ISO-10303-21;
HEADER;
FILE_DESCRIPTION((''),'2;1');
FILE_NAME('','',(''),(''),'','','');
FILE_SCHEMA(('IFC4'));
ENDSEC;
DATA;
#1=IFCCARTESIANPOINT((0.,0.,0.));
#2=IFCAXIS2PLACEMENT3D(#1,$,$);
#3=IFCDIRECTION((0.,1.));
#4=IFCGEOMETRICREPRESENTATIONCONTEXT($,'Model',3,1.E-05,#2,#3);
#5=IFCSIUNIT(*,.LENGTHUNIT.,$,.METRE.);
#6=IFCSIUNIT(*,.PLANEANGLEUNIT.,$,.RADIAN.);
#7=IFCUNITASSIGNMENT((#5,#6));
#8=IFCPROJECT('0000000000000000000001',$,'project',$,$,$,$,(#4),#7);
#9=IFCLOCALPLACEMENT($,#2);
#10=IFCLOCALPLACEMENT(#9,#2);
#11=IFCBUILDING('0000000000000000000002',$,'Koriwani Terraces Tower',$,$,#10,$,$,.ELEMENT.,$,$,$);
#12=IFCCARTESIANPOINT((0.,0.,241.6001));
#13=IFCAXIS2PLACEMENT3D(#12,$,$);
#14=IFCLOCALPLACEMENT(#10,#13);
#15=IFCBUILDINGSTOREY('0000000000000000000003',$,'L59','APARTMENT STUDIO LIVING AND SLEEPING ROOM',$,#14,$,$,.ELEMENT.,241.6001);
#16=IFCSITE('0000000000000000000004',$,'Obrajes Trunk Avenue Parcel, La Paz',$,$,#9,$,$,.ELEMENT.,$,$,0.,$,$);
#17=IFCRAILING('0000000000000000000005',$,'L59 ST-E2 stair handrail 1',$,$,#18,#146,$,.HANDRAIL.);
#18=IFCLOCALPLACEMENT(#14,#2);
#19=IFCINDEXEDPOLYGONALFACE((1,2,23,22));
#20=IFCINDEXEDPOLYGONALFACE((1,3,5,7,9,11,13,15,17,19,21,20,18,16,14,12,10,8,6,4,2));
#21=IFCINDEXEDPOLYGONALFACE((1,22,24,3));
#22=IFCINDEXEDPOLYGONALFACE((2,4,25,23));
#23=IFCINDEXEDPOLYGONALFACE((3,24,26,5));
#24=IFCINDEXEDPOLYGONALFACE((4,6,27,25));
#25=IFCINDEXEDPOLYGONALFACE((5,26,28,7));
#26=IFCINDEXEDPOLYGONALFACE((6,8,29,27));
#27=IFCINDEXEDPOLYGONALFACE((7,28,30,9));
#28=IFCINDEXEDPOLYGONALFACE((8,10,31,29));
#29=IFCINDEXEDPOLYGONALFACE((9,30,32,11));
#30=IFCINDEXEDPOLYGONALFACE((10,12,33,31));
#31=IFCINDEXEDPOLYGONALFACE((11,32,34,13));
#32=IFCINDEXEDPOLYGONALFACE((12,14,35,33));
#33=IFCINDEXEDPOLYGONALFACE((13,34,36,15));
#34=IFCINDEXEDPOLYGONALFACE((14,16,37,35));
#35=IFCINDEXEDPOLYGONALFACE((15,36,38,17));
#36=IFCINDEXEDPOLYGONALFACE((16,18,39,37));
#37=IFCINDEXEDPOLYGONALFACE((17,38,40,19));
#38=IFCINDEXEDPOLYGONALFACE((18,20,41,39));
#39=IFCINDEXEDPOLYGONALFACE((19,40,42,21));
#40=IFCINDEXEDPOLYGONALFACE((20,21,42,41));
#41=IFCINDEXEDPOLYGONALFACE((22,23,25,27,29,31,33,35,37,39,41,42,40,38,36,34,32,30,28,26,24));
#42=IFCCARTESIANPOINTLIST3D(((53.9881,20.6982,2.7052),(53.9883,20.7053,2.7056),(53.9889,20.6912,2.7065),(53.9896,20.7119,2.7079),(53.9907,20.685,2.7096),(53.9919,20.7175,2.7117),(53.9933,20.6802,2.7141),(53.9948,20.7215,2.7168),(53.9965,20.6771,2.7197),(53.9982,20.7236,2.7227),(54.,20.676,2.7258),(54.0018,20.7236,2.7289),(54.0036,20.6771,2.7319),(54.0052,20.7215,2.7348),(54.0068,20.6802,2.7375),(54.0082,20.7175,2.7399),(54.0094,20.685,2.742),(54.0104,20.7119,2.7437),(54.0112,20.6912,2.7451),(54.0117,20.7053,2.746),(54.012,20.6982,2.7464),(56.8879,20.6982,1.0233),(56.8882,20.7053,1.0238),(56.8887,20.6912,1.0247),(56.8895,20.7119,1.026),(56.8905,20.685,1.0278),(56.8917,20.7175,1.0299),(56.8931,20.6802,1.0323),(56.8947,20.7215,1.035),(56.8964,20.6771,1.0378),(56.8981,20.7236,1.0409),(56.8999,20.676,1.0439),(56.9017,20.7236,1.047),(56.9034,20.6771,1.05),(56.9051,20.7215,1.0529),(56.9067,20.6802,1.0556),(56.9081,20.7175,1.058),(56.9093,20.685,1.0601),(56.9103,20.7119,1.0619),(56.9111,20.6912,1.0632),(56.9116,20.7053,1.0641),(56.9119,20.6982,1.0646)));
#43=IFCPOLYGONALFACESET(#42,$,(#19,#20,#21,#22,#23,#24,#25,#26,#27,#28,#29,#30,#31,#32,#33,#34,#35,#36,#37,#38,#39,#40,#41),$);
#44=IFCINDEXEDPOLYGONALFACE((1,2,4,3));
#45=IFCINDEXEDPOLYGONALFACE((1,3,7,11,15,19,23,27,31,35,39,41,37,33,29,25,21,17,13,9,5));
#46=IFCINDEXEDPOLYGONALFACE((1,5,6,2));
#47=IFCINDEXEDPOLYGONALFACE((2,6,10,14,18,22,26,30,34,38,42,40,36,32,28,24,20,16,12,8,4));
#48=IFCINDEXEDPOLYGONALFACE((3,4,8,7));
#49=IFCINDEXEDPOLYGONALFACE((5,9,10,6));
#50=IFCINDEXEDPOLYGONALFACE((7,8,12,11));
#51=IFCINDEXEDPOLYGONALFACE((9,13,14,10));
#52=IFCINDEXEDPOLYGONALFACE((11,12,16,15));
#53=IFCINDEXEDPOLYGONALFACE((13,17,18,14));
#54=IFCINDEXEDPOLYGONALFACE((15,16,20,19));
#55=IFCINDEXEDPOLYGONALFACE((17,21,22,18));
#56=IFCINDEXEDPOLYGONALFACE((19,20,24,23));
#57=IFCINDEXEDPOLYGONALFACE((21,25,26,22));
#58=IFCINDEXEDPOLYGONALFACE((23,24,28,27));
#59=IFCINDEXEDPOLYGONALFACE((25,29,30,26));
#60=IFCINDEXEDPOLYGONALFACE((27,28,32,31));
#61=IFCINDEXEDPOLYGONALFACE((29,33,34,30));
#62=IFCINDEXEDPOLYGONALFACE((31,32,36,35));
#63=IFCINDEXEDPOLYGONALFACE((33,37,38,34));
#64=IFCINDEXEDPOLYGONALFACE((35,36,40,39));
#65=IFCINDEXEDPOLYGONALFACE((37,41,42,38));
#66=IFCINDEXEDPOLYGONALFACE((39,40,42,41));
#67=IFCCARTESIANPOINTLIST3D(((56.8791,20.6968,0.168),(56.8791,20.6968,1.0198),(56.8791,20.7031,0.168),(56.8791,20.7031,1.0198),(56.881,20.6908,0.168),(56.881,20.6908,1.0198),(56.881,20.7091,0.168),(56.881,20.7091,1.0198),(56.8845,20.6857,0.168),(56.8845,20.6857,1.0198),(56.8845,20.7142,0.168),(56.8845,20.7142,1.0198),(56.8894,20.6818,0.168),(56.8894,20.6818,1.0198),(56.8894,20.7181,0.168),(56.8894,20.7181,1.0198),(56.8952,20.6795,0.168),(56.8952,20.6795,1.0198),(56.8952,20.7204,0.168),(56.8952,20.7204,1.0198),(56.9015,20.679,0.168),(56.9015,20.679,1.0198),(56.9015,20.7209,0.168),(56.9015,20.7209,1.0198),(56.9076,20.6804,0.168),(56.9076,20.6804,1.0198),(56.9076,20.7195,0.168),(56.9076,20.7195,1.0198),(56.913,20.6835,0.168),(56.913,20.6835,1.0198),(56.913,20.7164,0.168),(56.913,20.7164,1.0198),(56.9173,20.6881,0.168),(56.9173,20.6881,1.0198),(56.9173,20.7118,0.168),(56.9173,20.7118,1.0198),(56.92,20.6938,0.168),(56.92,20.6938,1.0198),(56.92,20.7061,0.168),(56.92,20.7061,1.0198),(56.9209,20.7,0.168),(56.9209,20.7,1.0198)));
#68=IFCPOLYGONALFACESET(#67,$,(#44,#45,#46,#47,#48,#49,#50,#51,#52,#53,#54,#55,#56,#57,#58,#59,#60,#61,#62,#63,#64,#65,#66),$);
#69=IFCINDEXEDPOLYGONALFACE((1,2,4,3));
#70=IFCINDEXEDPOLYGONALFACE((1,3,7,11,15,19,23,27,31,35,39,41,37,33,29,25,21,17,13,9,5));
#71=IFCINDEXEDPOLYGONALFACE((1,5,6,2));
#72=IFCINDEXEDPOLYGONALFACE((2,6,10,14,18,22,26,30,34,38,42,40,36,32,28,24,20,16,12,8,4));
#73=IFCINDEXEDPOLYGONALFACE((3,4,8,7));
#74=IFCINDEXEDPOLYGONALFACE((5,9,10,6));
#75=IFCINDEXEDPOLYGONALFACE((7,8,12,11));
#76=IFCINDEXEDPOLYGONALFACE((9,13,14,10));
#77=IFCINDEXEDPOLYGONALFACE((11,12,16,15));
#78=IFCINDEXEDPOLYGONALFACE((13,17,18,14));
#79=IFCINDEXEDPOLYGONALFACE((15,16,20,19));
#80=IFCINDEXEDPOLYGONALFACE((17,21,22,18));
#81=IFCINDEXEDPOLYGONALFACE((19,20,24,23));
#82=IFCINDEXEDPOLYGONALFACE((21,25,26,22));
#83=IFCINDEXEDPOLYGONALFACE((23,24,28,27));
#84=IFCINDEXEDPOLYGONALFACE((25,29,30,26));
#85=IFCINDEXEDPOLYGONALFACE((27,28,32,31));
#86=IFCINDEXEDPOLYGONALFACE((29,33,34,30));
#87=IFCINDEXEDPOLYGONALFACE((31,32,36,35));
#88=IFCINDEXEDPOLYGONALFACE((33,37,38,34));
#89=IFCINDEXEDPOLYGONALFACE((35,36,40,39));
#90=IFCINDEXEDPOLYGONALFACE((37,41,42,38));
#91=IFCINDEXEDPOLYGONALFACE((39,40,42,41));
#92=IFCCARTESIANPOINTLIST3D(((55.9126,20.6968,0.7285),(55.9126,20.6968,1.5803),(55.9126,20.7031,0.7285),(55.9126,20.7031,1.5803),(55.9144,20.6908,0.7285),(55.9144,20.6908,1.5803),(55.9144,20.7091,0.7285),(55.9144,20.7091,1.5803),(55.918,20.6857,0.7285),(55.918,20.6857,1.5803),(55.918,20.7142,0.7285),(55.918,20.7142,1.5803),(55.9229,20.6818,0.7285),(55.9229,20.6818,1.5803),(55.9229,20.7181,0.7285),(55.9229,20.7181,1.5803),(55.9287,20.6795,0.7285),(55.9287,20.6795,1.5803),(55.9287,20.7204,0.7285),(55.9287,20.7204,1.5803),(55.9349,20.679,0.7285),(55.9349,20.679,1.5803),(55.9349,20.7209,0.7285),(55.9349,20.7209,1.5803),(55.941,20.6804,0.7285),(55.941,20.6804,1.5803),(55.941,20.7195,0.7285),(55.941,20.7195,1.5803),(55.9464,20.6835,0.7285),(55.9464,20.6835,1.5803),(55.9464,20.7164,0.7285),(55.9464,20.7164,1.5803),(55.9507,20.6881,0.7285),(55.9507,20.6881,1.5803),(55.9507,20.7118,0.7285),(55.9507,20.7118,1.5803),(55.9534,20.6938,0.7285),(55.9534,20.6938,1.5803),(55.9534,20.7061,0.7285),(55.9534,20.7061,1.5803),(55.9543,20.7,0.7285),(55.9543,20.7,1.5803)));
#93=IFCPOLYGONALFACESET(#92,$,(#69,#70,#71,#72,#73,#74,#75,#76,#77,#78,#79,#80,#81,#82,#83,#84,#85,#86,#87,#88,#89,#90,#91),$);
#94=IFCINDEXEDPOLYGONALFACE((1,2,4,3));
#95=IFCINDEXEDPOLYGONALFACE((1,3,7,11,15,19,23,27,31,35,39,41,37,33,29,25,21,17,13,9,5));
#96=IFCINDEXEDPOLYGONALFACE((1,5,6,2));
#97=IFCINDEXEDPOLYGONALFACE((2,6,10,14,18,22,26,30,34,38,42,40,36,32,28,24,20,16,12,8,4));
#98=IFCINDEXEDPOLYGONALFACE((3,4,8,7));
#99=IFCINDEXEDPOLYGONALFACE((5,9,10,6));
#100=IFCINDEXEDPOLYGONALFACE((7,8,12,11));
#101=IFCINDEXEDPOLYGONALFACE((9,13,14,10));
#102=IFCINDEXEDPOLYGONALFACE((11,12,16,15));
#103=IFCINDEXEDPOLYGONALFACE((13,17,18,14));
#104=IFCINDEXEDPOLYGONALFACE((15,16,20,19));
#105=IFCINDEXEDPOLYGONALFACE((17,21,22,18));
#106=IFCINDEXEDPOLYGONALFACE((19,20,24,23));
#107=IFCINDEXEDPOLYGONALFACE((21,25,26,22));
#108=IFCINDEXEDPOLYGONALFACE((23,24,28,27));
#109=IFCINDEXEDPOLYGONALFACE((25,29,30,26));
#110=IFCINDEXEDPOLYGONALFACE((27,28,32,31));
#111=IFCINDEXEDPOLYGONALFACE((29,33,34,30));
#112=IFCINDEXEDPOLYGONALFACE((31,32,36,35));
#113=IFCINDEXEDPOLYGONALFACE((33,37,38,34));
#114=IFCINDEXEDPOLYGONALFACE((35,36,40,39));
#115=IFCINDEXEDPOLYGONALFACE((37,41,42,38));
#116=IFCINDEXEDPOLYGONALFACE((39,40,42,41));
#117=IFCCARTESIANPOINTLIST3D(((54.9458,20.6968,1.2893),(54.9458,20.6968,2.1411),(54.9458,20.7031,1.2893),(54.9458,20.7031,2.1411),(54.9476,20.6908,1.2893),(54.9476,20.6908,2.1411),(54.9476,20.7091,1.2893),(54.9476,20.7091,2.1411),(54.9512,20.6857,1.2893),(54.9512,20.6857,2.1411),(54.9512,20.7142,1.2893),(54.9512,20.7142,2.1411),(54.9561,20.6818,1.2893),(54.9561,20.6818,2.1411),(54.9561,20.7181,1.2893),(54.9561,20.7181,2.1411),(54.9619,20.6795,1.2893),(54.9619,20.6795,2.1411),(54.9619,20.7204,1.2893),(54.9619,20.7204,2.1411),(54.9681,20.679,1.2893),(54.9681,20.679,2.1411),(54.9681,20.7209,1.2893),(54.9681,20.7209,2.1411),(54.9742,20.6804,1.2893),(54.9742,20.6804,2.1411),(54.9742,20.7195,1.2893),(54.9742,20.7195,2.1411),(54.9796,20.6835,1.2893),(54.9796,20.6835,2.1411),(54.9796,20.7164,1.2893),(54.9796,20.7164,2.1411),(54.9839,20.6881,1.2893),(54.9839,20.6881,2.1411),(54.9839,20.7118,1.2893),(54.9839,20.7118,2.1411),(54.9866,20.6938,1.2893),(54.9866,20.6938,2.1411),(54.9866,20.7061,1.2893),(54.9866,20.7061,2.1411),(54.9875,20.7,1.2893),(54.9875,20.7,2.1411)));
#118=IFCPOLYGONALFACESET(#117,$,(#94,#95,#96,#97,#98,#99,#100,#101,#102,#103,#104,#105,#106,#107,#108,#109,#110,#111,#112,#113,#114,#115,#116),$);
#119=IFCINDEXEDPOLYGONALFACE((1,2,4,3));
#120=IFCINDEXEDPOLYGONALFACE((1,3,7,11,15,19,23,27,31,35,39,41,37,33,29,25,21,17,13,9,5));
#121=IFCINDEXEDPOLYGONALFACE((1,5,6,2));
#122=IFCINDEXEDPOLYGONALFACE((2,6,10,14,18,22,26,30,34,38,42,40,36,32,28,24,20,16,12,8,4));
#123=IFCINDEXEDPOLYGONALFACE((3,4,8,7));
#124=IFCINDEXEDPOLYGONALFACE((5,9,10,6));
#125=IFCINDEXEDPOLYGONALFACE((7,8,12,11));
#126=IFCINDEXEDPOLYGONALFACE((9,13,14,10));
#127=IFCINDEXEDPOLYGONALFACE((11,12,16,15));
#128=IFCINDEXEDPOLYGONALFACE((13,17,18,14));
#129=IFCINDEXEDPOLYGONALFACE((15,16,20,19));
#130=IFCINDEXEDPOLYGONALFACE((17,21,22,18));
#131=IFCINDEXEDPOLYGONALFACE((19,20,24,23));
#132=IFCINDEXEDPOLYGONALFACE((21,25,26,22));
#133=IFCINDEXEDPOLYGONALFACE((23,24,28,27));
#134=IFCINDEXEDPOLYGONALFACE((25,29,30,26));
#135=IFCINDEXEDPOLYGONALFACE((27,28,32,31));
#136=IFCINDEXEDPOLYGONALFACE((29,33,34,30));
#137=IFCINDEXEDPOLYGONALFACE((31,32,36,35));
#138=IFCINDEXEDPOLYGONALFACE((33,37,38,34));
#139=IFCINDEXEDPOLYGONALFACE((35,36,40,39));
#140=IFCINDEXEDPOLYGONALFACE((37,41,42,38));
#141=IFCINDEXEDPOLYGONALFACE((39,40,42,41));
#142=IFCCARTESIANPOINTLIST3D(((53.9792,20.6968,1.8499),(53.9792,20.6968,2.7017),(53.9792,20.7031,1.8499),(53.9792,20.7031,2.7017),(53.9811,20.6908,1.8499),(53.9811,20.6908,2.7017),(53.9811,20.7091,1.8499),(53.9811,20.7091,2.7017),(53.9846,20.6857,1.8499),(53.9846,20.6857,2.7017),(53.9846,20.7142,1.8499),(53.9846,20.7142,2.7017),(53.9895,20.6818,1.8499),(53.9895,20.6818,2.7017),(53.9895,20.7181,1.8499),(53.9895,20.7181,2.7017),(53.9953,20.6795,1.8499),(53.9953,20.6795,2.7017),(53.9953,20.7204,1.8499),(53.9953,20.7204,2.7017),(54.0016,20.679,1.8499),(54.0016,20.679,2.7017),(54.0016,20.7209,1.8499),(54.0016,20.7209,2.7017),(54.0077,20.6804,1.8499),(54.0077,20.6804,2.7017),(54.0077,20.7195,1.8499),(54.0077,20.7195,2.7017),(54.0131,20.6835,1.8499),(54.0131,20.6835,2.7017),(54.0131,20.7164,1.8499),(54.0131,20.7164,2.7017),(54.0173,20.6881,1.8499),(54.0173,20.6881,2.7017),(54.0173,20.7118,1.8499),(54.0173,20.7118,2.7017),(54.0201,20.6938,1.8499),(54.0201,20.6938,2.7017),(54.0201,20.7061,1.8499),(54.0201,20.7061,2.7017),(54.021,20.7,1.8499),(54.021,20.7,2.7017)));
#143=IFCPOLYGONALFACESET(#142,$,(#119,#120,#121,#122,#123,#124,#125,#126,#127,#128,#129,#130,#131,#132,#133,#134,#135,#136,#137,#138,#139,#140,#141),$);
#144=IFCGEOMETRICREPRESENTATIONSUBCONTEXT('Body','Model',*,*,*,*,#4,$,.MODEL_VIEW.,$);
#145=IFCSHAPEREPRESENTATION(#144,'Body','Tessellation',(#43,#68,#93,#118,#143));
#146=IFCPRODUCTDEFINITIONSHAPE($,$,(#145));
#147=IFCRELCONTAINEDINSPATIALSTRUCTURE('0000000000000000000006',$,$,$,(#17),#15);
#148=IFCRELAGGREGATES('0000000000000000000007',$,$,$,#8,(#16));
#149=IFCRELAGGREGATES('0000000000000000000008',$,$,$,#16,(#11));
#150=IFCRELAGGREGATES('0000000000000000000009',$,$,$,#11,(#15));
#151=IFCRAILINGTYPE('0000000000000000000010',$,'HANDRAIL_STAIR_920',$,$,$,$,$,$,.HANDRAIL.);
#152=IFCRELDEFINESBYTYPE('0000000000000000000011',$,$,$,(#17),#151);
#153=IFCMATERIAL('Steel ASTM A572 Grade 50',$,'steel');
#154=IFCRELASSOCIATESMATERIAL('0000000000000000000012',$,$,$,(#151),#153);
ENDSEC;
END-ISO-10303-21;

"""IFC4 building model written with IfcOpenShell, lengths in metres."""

from ifc_helpers import new_model, si_unit, direction, frame, origin, origin_2d, place, context, subcontext, project, spatial, circle, extrude, material, type_object, element, save


model = new_model("IFC4")

# Units and contexts
model_context = context("Model", 3, precision=1e-05, world=origin(), true_north=direction((0.0, 1.0)))
body_context = subcontext(model_context, "Body", "Model", "MODEL_VIEW")
ifc_project = project(units=[si_unit("LENGTHUNIT", "METRE"), si_unit("PLANEANGLEUNIT", "RADIAN")], contexts=[model_context])

# Site, building, storey
site_placement = place(None, origin())
site = spatial("IfcSite", under=ifc_project, at=site_placement, Name="Obrajes Trunk Avenue Parcel, La Paz", CompositionType="ELEMENT", RefElevation=0.0)
building_placement = place(site_placement, origin())
building = spatial("IfcBuilding", under=site, at=building_placement, Name="Koriwani Terraces Tower", CompositionType="ELEMENT")
storey_placement = place(building_placement, frame((0.0, 0.0, 241.6001)))
storey = spatial("IfcBuildingStorey", under=building, at=storey_placement, Name="L59", Description="APARTMENT STUDIO LIVING AND SLEEPING ROOM", CompositionType="ELEMENT", Elevation=241.6001)

# Shared definitions
ifc_material_1 = material(Name="Steel ASTM A572 Grade 50", Category="steel")

# Railing
railing_type_1 = type_object("IfcRailingType", Name="HANDRAIL_STAIR_920", PredefinedType="HANDRAIL", material=ifc_material_1)
railing_1_placement = place(storey_placement, frame((56.8999, 20.7, 0.168)))
element("IfcRailing", 1, at=railing_1_placement, inside=storey, type_object=railing_type_1, Name="L59 ST-E2 stair handrail 1", PredefinedType="HANDRAIL", context=body_context, shape_type="SweptSolid", body=[
    extrude(circle(Radius=0.0239, at=origin_2d()), frame((0.0, 0.0, 0.876), z_axis=(-0.865039, 0.0, 0.501705), x_axis=(0.0, -1.0, 0.0)), (0.0, 0.0, 1.0), 3.3523),
    extrude(circle(Radius=0.021, at=origin_2d()), origin(), (0.0, 0.0, 1.0), 0.8518),
    extrude(circle(Radius=0.021, at=origin_2d()), frame((-0.9666, 0.0, 0.5605)), (0.0, 0.0, 1.0), 0.8518),
    extrude(circle(Radius=0.021, at=origin_2d()), frame((-1.9333, 0.0, 1.1213)), (0.0, 0.0, 1.0), 0.8518),
    extrude(circle(Radius=0.021, at=origin_2d()), frame((-2.8999, 0.0, 1.6819)), (0.0, 0.0, 1.0), 0.8518),
])

save(model, "model.ifc")
